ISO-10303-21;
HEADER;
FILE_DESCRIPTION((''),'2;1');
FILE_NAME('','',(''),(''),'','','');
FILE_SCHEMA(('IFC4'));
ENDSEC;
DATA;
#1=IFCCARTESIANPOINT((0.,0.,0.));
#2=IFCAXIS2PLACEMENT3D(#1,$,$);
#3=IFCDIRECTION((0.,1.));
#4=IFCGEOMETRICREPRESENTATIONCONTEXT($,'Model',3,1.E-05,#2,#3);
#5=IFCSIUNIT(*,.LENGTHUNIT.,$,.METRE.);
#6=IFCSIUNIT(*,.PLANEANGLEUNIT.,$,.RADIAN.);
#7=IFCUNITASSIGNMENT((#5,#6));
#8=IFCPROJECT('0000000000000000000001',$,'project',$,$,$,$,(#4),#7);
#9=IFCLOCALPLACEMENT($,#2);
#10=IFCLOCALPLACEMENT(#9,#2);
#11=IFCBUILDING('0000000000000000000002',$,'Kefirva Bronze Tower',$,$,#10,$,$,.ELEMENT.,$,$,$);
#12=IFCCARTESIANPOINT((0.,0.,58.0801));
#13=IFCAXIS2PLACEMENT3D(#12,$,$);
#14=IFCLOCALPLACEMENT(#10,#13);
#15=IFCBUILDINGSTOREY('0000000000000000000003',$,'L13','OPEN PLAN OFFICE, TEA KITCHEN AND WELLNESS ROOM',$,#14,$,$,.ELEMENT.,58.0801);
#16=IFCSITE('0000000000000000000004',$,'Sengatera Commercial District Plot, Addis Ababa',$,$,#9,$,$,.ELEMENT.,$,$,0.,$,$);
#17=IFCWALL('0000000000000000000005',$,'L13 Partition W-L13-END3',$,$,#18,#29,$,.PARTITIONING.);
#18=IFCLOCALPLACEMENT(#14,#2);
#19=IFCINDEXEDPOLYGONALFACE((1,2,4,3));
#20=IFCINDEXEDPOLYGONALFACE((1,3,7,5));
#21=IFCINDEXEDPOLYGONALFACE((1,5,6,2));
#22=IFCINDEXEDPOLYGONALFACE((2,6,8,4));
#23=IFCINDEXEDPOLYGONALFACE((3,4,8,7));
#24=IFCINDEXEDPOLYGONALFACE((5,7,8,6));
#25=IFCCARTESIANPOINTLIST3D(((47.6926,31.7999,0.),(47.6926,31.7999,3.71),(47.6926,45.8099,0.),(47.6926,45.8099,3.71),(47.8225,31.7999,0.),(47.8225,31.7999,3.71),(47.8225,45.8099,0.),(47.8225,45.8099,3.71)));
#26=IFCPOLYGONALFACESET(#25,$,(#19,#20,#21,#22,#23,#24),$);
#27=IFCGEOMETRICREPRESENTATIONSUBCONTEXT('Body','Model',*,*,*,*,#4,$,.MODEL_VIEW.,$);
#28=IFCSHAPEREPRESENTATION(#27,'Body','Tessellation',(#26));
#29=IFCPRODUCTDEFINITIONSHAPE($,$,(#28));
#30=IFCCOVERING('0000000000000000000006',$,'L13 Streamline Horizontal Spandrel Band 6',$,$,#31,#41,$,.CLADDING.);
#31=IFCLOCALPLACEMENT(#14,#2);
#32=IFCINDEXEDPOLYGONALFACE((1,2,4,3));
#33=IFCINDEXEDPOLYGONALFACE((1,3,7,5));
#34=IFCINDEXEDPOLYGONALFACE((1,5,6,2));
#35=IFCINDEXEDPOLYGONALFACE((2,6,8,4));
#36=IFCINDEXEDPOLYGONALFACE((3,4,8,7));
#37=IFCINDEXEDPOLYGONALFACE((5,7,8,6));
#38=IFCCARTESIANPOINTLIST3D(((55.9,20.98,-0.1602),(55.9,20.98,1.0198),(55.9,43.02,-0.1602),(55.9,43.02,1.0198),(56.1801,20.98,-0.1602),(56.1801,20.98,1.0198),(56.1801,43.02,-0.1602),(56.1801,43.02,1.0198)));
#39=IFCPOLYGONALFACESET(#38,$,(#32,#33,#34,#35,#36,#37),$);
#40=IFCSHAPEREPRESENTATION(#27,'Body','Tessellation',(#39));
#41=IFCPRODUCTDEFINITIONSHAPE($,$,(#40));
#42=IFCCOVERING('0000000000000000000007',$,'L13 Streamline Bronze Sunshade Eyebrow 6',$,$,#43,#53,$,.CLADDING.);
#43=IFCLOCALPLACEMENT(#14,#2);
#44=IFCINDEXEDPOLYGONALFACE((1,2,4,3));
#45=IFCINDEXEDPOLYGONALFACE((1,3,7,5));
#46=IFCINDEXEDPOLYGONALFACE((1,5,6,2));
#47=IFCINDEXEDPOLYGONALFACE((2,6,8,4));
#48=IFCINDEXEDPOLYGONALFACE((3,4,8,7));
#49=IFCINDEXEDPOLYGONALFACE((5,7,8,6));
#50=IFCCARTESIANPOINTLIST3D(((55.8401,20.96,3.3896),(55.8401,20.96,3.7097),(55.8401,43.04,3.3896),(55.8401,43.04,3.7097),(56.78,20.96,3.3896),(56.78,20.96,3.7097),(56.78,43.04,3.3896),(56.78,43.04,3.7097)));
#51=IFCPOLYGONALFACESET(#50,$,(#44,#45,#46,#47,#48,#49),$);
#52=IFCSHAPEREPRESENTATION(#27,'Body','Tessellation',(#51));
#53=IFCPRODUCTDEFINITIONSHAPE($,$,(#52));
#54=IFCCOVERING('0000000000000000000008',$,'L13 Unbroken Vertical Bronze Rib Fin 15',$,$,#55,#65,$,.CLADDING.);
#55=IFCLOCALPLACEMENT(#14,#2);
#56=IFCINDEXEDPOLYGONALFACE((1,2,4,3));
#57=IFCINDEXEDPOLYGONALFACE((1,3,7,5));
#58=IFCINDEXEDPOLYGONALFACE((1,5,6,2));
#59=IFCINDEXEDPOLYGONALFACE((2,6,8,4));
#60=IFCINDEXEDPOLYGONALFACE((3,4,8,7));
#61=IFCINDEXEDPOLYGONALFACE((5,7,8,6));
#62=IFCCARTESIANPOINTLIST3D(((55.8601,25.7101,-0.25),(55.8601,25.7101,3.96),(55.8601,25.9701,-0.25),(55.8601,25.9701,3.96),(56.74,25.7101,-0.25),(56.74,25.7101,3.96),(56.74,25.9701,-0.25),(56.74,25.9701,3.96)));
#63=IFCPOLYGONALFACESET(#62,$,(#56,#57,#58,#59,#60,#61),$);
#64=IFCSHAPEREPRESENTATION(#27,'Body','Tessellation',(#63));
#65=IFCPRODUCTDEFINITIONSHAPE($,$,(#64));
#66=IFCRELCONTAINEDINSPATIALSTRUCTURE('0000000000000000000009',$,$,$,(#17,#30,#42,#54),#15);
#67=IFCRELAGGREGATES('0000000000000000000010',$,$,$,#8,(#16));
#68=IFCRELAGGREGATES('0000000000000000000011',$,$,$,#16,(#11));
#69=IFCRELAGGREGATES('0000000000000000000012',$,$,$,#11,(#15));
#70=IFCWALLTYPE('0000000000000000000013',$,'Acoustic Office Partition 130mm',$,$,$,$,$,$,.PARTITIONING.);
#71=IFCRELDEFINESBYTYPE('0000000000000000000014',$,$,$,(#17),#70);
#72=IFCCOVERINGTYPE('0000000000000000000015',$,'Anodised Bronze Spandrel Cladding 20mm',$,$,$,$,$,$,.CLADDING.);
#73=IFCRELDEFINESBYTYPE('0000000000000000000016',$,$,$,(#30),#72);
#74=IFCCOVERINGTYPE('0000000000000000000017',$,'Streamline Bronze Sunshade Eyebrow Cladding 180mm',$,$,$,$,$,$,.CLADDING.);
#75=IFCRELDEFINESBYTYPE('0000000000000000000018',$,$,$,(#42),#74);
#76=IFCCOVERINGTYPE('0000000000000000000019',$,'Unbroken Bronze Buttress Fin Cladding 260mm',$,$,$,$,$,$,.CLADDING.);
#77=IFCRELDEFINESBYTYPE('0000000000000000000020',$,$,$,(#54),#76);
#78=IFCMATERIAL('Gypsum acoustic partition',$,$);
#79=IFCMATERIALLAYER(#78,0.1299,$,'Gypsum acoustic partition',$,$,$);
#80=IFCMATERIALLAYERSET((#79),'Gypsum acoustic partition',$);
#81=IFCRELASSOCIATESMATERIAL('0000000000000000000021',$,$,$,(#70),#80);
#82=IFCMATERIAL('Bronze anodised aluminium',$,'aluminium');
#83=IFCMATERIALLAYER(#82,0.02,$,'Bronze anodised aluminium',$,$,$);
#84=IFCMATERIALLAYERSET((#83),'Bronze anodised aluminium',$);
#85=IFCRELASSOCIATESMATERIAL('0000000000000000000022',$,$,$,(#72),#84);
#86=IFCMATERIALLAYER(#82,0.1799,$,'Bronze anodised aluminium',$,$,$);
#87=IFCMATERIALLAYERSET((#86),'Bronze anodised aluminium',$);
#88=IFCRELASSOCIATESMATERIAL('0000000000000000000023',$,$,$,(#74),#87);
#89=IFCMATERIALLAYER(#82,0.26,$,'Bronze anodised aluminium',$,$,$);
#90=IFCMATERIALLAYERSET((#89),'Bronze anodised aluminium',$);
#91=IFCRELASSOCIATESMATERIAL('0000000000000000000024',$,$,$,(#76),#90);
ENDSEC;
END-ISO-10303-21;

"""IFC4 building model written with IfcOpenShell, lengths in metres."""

from ifc_helpers import new_model, si_unit, direction, frame, frame_2d, origin, origin_2d, place, context, subcontext, project, spatial, rectangle, extrude, material, layer, layer_set, type_object, element, save


model = new_model("IFC4")

# Units and contexts
model_context = context("Model", 3, precision=1e-05, world=origin(), true_north=direction((0.0, 1.0)))
body_context = subcontext(model_context, "Body", "Model", "MODEL_VIEW")
ifc_project = project(units=[si_unit("LENGTHUNIT", "METRE"), si_unit("PLANEANGLEUNIT", "RADIAN")], contexts=[model_context])

# Site, building, storey
site_placement = place(None, origin())
site = spatial("IfcSite", under=ifc_project, at=site_placement, Name="Sengatera Commercial District Plot, Addis Ababa", CompositionType="ELEMENT", RefElevation=0.0)
building_placement = place(site_placement, origin())
building = spatial("IfcBuilding", under=site, at=building_placement, Name="Kefirva Bronze Tower", CompositionType="ELEMENT")
storey_placement = place(building_placement, frame((0.0, 0.0, 58.0801)))
storey = spatial("IfcBuildingStorey", under=building, at=storey_placement, Name="L13", Description="OPEN PLAN OFFICE, TEA KITCHEN AND WELLNESS ROOM", CompositionType="ELEMENT", Elevation=58.0801)

# Shared definitions
ifc_material_1 = material(Name="Bronze anodised aluminium", Category="aluminium")

# Wall
ifc_material_2 = material(Name="Gypsum acoustic partition")
ifc_layer_1 = layer(ifc_material_2, 0.1299, Name="Gypsum acoustic partition")
ifc_layer_set_1 = layer_set([ifc_layer_1], Name="Gypsum acoustic partition")
wall_type = type_object("IfcWallType", Name="Acoustic Office Partition 130mm", PredefinedType="PARTITIONING", material=ifc_layer_set_1)
wall_placement = place(storey_placement, frame((47.7576, 31.8, 0.0), z_axis=(0.0, 0.0, 1.0), x_axis=(0.0, 1.0, 0.0)))
element("IfcWall", 1, at=wall_placement, inside=storey, type_object=wall_type, Name="L13 Partition W-L13-END3", PredefinedType="PARTITIONING", context=body_context, shape_type="SweptSolid", body=[
    extrude(rectangle(XDim=14.01, YDim=0.1299, at=frame_2d((7.0049, 0.0))), origin(), (0.0, 0.0, 1.0), 3.71),
])

# Coverings
ifc_layer_2 = layer(ifc_material_1, 0.02, Name="Bronze anodised aluminium")
ifc_layer_set_2 = layer_set([ifc_layer_2], Name="Bronze anodised aluminium")
covering_type_1 = type_object("IfcCoveringType", Name="Anodised Bronze Spandrel Cladding 20mm", PredefinedType="CLADDING", material=ifc_layer_set_2)
covering_1_placement = place(storey_placement, frame((56.04, 32.0, -0.1602), z_axis=(0.0, 0.0, 1.0), x_axis=(0.0, 1.0, 0.0)))
element("IfcCovering", 2, at=covering_1_placement, inside=storey, type_object=covering_type_1, Name="L13 Streamline Horizontal Spandrel Band 6", PredefinedType="CLADDING", context=body_context, shape_type="SweptSolid", body=[
    extrude(rectangle(XDim=22.04, YDim=0.28, at=origin_2d()), origin(), (0.0, 0.0, 1.0), 1.1799),
])
ifc_layer_3 = layer(ifc_material_1, 0.1799, Name="Bronze anodised aluminium")
ifc_layer_set_3 = layer_set([ifc_layer_3], Name="Bronze anodised aluminium")
covering_type_2 = type_object("IfcCoveringType", Name="Streamline Bronze Sunshade Eyebrow Cladding 180mm", PredefinedType="CLADDING", material=ifc_layer_set_3)
covering_2_placement = place(storey_placement, frame((56.3101, 32.0, 3.3896), z_axis=(0.0, 0.0, 1.0), x_axis=(0.0, 1.0, 0.0)))
element("IfcCovering", 3, at=covering_2_placement, inside=storey, type_object=covering_type_2, Name="L13 Streamline Bronze Sunshade Eyebrow 6", PredefinedType="CLADDING", context=body_context, shape_type="SweptSolid", body=[
    extrude(rectangle(XDim=22.0801, YDim=0.9399, at=origin_2d()), origin(), (0.0, 0.0, 1.0), 0.3201),
])
ifc_layer_4 = layer(ifc_material_1, 0.26, Name="Bronze anodised aluminium")
ifc_layer_set_4 = layer_set([ifc_layer_4], Name="Bronze anodised aluminium")
covering_type_3 = type_object("IfcCoveringType", Name="Unbroken Bronze Buttress Fin Cladding 260mm", PredefinedType="CLADDING", material=ifc_layer_set_4)
covering_3_placement = place(storey_placement, frame((56.3, 25.8401, -0.25), z_axis=(0.0, 0.0, 1.0), x_axis=(0.0, 1.0, 0.0)))
element("IfcCovering", 4, at=covering_3_placement, inside=storey, type_object=covering_type_3, Name="L13 Unbroken Vertical Bronze Rib Fin 15", PredefinedType="CLADDING", context=body_context, shape_type="SweptSolid", body=[
    extrude(rectangle(XDim=0.26, YDim=0.8799, at=origin_2d()), origin(), (0.0, 0.0, 1.0), 4.21),
])

save(model, "model.ifc")
